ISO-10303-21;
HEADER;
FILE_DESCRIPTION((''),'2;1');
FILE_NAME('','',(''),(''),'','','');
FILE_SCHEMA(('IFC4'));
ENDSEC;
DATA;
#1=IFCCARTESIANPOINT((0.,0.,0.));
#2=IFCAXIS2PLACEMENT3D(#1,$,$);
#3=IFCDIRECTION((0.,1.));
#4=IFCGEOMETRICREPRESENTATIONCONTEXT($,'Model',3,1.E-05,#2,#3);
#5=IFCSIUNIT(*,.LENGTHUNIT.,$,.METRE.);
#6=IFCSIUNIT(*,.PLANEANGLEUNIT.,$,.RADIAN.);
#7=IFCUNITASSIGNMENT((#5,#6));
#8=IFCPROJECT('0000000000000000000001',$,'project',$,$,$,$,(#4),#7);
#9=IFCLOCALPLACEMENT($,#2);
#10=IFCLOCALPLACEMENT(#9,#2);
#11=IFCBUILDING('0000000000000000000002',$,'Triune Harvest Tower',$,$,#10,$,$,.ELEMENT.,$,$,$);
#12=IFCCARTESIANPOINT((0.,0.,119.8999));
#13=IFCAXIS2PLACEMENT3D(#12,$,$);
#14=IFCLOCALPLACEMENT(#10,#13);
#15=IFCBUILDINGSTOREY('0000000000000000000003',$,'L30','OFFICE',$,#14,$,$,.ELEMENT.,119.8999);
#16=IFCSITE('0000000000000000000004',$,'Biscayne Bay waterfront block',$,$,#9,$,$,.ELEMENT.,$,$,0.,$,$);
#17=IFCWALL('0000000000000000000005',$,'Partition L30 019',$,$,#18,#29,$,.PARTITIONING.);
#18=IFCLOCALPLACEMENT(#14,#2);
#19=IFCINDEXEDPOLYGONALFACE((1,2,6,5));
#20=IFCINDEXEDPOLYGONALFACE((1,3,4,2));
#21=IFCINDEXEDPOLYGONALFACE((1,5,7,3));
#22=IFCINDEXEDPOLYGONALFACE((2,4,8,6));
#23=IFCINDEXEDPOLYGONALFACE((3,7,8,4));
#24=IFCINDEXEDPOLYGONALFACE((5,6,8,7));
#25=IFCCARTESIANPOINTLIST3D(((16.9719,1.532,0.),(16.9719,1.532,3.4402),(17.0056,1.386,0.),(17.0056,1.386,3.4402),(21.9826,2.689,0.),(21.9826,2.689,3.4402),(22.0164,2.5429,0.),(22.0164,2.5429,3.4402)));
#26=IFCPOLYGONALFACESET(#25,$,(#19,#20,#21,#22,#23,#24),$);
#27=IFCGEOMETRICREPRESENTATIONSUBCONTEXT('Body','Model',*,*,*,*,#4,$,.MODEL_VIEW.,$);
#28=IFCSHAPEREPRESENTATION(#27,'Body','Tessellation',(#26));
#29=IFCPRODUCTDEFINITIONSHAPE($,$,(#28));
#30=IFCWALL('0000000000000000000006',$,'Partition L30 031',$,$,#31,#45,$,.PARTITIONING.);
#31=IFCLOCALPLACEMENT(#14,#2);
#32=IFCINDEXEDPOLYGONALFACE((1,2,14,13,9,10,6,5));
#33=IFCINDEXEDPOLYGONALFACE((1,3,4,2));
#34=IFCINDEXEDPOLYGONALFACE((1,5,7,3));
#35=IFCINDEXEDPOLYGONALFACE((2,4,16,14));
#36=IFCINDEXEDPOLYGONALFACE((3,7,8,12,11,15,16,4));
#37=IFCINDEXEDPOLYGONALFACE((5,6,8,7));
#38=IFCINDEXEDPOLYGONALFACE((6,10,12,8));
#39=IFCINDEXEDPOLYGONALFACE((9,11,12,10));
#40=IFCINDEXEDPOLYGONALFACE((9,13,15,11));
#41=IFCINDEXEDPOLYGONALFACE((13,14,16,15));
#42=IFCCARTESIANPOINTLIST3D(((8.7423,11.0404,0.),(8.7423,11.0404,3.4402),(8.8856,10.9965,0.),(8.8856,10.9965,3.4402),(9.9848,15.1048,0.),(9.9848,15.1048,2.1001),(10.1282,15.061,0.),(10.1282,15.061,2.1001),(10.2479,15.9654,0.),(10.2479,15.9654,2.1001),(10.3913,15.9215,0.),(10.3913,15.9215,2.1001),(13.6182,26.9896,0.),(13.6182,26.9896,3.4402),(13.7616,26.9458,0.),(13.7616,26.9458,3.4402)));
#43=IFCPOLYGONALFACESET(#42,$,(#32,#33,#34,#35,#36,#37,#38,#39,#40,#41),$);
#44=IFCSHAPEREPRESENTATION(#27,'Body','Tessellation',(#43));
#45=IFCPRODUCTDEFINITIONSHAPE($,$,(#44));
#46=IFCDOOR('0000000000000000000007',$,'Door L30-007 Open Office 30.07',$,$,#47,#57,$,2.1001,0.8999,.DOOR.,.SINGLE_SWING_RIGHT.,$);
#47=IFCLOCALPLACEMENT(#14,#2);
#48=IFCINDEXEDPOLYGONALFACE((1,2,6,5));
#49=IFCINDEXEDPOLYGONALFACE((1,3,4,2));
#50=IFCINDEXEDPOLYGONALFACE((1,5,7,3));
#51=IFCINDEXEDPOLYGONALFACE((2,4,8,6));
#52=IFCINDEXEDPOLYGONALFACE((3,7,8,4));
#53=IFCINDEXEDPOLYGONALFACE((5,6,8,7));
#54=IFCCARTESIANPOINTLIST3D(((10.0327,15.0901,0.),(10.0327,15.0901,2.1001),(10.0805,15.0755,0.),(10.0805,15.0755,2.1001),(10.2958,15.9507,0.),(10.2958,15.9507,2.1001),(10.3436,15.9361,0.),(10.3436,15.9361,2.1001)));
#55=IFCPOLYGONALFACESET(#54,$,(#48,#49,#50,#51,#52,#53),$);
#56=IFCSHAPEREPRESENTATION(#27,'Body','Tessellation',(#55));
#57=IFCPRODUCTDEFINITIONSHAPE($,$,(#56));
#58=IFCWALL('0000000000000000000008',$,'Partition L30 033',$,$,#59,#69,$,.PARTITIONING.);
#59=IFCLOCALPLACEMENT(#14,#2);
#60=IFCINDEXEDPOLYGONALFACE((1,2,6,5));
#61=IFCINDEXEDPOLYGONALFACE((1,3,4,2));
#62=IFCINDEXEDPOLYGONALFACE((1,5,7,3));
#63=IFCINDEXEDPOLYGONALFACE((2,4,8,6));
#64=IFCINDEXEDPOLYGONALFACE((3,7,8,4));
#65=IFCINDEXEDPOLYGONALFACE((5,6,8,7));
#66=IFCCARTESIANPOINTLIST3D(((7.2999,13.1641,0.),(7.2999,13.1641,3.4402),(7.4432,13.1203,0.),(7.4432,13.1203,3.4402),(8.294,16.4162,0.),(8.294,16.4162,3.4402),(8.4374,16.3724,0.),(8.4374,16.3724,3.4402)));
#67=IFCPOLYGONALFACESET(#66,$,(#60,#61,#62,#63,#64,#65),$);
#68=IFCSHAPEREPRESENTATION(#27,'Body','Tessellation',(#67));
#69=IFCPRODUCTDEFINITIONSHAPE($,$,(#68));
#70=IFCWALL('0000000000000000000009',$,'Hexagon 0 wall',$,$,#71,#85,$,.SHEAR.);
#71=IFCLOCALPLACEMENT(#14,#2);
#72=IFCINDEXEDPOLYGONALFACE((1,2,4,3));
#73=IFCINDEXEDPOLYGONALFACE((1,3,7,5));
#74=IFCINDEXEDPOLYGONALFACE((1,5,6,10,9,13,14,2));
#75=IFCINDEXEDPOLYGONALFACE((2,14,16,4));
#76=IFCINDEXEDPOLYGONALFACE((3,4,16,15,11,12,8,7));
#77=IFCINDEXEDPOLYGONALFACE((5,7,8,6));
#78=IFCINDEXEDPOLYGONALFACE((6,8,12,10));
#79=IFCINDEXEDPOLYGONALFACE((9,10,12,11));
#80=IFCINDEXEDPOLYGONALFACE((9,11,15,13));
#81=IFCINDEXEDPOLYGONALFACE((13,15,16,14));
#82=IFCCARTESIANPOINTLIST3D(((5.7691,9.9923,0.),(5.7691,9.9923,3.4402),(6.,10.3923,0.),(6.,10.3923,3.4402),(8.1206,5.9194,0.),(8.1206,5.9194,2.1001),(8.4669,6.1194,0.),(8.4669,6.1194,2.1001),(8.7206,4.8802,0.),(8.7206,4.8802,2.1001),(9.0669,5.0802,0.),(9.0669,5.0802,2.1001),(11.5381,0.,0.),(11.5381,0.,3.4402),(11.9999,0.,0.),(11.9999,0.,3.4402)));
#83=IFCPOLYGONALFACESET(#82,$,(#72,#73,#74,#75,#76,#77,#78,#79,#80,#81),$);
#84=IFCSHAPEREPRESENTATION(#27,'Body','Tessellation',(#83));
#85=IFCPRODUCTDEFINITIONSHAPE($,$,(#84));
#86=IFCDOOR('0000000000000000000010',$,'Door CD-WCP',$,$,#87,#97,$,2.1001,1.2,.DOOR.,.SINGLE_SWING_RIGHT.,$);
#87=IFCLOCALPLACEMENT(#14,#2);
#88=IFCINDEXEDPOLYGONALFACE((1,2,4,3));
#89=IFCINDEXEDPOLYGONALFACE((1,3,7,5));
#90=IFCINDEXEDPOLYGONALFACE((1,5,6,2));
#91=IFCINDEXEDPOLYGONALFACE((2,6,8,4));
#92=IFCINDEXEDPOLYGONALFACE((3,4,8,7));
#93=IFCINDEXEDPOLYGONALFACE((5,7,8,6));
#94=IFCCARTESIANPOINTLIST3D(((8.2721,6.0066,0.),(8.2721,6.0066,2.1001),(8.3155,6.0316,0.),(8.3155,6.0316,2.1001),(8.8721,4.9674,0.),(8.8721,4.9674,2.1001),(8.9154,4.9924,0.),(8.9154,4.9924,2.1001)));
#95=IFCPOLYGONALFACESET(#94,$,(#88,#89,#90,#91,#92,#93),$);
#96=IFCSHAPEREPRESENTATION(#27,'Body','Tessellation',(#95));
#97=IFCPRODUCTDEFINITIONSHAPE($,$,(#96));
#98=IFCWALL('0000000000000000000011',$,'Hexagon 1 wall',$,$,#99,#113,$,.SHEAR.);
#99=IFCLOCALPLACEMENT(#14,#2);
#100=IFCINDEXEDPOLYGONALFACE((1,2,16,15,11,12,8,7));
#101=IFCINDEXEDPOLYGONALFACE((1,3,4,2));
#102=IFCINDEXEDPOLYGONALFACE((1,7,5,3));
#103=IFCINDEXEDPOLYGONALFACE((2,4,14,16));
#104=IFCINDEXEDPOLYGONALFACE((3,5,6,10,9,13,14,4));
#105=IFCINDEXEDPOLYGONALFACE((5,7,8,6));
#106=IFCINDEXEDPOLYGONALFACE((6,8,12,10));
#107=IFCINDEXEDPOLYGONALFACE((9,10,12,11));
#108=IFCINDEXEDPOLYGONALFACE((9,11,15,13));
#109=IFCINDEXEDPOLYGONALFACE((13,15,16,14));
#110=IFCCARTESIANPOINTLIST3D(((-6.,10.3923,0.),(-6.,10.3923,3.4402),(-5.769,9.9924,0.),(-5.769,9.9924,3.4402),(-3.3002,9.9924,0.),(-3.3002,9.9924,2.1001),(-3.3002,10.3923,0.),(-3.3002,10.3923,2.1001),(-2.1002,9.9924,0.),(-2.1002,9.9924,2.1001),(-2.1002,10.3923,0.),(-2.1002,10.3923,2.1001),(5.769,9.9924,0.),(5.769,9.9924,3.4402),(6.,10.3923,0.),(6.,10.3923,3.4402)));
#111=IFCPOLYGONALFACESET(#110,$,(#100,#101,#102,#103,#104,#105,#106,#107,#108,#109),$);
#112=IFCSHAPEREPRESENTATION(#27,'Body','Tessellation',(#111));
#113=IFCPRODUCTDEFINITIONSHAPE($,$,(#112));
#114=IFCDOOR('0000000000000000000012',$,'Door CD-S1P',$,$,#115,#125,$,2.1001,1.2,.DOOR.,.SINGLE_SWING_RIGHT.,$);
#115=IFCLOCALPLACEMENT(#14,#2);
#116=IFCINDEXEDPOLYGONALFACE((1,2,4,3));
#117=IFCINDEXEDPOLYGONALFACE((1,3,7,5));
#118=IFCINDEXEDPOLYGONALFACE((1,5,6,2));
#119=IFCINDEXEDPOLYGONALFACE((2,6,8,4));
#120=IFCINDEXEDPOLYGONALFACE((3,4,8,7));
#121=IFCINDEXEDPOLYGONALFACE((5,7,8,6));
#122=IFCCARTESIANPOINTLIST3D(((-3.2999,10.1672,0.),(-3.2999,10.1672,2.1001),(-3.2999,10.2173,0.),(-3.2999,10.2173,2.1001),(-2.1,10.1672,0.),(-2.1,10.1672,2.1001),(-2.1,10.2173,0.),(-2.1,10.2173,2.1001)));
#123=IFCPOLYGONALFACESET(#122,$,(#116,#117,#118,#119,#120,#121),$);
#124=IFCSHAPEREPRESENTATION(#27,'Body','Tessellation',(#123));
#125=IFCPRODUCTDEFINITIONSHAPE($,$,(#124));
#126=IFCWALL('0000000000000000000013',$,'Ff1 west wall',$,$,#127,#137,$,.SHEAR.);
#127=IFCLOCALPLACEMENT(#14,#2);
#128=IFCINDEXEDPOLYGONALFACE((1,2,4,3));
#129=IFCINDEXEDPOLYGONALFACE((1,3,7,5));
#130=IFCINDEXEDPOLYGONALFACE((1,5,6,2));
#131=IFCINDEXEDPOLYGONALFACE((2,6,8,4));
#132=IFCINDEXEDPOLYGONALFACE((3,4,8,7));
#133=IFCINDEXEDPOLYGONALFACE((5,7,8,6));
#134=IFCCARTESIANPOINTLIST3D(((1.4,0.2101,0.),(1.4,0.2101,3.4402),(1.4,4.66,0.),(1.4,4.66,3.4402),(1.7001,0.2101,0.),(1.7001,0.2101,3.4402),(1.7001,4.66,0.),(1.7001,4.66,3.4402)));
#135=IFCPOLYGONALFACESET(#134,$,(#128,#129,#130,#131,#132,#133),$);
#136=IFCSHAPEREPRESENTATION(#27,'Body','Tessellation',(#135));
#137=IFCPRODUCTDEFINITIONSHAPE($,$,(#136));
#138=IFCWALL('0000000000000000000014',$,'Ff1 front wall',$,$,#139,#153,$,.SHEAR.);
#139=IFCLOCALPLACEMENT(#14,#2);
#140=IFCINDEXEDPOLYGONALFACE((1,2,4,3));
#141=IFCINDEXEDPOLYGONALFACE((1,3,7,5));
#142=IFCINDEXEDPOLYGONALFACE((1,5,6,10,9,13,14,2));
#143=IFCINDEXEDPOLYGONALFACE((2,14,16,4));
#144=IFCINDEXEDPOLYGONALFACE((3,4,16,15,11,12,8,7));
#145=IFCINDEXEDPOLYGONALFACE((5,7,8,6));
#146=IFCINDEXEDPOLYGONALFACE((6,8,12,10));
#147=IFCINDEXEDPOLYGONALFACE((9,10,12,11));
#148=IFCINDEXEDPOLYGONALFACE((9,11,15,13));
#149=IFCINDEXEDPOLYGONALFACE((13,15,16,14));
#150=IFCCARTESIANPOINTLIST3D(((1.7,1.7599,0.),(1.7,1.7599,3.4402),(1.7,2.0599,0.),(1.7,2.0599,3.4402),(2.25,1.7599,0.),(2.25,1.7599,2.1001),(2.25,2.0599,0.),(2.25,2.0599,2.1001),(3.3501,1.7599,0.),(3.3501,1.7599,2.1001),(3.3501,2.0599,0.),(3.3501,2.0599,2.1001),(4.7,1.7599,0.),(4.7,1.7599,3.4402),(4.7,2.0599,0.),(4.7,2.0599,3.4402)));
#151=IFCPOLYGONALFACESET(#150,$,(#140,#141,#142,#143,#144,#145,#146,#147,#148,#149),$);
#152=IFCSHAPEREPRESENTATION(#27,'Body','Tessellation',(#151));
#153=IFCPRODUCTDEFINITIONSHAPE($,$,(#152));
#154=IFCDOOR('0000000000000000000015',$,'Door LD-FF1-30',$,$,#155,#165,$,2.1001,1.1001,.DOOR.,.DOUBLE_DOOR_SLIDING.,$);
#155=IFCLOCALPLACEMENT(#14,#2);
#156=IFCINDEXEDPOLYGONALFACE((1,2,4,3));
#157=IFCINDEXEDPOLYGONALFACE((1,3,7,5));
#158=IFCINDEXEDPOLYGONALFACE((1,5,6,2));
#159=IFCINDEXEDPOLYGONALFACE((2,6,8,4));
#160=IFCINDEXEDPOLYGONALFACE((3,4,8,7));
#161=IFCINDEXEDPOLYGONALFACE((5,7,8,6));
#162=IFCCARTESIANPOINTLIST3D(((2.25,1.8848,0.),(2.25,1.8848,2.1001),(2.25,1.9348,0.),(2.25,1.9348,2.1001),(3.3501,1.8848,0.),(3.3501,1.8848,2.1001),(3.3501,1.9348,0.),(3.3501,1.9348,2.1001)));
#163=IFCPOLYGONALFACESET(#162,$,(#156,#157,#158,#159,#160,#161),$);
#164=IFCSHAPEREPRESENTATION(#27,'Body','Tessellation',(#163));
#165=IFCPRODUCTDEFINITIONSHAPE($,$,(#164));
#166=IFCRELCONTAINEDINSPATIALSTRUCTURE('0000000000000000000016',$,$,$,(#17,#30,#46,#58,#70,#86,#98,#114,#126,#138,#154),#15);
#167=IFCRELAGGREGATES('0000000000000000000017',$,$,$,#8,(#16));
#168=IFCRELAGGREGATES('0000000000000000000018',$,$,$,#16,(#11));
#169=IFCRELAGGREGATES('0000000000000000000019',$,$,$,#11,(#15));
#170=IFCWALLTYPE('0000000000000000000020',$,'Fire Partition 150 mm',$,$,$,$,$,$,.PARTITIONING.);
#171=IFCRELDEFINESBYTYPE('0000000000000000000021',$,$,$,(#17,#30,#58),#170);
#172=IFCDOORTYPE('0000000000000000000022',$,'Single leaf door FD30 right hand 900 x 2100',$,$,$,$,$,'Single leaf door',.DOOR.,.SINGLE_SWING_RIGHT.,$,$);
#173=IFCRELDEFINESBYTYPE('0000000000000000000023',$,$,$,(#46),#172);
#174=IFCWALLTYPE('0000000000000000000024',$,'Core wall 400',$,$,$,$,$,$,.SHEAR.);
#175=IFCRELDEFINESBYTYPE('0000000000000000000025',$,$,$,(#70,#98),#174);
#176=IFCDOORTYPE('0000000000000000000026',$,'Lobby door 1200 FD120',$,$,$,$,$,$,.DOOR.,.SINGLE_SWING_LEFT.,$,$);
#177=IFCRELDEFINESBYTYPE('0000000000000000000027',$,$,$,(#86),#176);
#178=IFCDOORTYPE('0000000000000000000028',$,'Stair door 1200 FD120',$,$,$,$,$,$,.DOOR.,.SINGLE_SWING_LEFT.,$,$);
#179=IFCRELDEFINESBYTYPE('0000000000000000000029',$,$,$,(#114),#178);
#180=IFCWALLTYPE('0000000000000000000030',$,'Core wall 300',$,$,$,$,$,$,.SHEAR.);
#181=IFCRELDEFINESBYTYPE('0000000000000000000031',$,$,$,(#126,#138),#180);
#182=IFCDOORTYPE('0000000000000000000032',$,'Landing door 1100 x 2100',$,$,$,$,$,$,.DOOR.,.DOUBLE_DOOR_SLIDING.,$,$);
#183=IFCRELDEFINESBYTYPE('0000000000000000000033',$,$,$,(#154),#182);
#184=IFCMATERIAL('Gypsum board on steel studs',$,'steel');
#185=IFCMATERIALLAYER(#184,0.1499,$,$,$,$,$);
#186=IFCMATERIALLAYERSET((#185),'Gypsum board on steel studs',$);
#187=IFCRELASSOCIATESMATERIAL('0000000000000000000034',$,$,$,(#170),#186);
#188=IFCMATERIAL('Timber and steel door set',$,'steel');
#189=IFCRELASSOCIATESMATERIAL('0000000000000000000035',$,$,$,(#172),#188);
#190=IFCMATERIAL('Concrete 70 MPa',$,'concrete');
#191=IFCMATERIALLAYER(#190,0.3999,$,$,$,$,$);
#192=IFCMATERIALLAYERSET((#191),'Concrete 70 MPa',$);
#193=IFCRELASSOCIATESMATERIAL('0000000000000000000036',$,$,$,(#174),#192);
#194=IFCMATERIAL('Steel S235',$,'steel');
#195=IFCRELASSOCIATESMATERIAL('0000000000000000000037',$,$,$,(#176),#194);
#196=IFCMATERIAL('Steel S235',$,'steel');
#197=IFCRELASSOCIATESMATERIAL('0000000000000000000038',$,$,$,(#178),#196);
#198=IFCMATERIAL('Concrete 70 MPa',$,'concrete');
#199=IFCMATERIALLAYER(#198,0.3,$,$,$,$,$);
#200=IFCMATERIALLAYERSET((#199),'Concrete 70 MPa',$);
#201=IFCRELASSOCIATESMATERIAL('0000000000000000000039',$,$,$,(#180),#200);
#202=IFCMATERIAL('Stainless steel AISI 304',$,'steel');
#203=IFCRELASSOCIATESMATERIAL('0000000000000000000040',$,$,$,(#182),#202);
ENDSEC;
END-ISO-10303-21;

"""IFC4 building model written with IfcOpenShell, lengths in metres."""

from ifc_helpers import new_model, si_unit, direction, frame, frame_2d, origin, place, context, subcontext, project, spatial, polyline, rectangle, outline, extrude, source, transform, mapped, material, layer, layer_set, type_object, element, fill, save


model = new_model("IFC4")

# Units and contexts
model_context = context("Model", 3, precision=1e-05, world=origin(), true_north=direction((0.0, 1.0)))
body_context = subcontext(model_context, "Body", "Model", "MODEL_VIEW")
ifc_project = project(units=[si_unit("LENGTHUNIT", "METRE"), si_unit("PLANEANGLEUNIT", "RADIAN")], contexts=[model_context])

# Site, building, storey
site_placement = place(None, origin())
site = spatial("IfcSite", under=ifc_project, at=site_placement, Name="Biscayne Bay waterfront block", CompositionType="ELEMENT", RefElevation=0.0)
building_placement = place(site_placement, origin())
building = spatial("IfcBuilding", under=site, at=building_placement, Name="Triune Harvest Tower", CompositionType="ELEMENT")
storey_placement = place(building_placement, frame((0.0, 0.0, 119.8999)))
storey = spatial("IfcBuildingStorey", under=building, at=storey_placement, Name="L30", Description="OFFICE", CompositionType="ELEMENT", Elevation=119.8999)

# Shared definitions
ifc_material_1 = material(Name="Gypsum board on steel studs", Category="steel")
ifc_layer_1 = layer(ifc_material_1, 0.1499)
ifc_layer_set_1 = layer_set([ifc_layer_1], Name="Gypsum board on steel studs")
wall_type_1 = type_object("IfcWallType", Name="Fire Partition 150 mm", PredefinedType="PARTITIONING", material=ifc_layer_set_1)

# Wall
wall_1_placement = place(storey_placement, frame((16.9888, 1.459, 0.0), z_axis=(0.0, 0.0, 1.0), x_axis=(0.974363, 0.224981, 0.0)))
element("IfcWall", 1, at=wall_1_placement, inside=storey, type_object=wall_type_1, Name="Partition L30 019", PredefinedType="PARTITIONING", context=body_context, shape_type="SweptSolid", body=[
    extrude(rectangle(XDim=5.1426, YDim=0.1499, at=frame_2d((2.5713, 0.0))), origin(), (0.0, 0.0, 1.0), 3.4402),
])

# Wall, opening, door
wall_2_placement = place(storey_placement, frame((8.814, 11.0186, 0.0), z_axis=(0.0, 0.0, 1.0), x_axis=(0.292361, 0.956308, 0.0)))
wall_2 = element("IfcWall", 2, at=wall_2_placement, inside=storey, type_object=wall_type_1, Name="Partition L30 031", PredefinedType="PARTITIONING", context=body_context, shape_type="SweptSolid", body=[
    extrude(rectangle(XDim=16.678, YDim=0.1499, at=frame_2d((8.3389, 0.0))), origin(), (0.0, 0.0, 1.0), 3.4402),
])
opening_1_placement = place(wall_2_placement, frame((4.25, 0.0, 0.0)))
opening_1 = element("IfcOpeningElement", 3, at=opening_1_placement, cuts=wall_2, PredefinedType="OPENING", context=body_context, shape_type="SweptSolid", body=[
    extrude(rectangle(XDim=0.8999, YDim=2.1001, at=frame_2d((0.45, 1.05))), frame((0.0, 0.085, 0.0), z_axis=(0.0, -1.0, 0.0), x_axis=(1.0, 0.0, 0.0)), (0.0, 0.0, 1.0), 0.1699),
])
ifc_material_2 = material(Name="Timber and steel door set", Category="steel")
door_type_1 = type_object("IfcDoorType", Name="Single leaf door FD30 right hand 900 x 2100", ElementType="Single leaf door", OperationType="SINGLE_SWING_RIGHT", PredefinedType="DOOR", material=ifc_material_2)
door_1_placement = place(opening_1_placement, origin())
door_1 = element("IfcDoor", 4, at=door_1_placement, inside=storey, type_object=door_type_1, Name="Door L30-007 Open Office 30.07", OperationType="SINGLE_SWING_RIGHT", OverallHeight=2.1001, OverallWidth=0.8999, PredefinedType="DOOR", context=body_context, shape_type="SweptSolid", body=[
    extrude(rectangle(XDim=0.8999, YDim=2.1001, at=frame_2d((0.45, 1.05))), frame((0.0, 0.0249, 0.0), z_axis=(0.0, -1.0, 0.0), x_axis=(1.0, 0.0, 0.0)), (0.0, 0.0, 1.0), 0.05),
])
fill(opening_1, door_1)

# Wall
wall_3_placement = place(storey_placement, frame((7.3716, 13.1423, 0.0), z_axis=(0.0, 0.0, 1.0), x_axis=(0.29235, 0.956311, 0.0)))
element("IfcWall", 5, at=wall_3_placement, inside=storey, type_object=wall_type_1, Name="Partition L30 033", PredefinedType="PARTITIONING", context=body_context, shape_type="SweptSolid", body=[
    extrude(rectangle(XDim=3.4006, YDim=0.1499, at=frame_2d((1.7002, 0.0))), origin(), (0.0, 0.0, 1.0), 3.4402),
])

# Walls, openings, doors
ifc_material_3 = material(Name="Concrete 70 MPa", Category="concrete")
ifc_layer_2 = layer(ifc_material_3, 0.3999)
ifc_layer_set_2 = layer_set([ifc_layer_2], Name="Concrete 70 MPa")
wall_type_2 = type_object("IfcWallType", Name="Core wall 400", PredefinedType="SHEAR", material=ifc_layer_set_2)
shared_shape_1 = source(origin(), body_context, "Body", "SweptSolid", [
    extrude(outline(polyline([(-0.1155, -0.2), (11.8845, -0.2), (11.6536, 0.2), (0.1155, 0.2), (-0.1155, -0.2)])), origin(), (0.0, 0.0, 1.0), 3.4402),
])
wall_4_placement = place(storey_placement, frame((11.769, 0.0, 0.0), z_axis=(0.0, 0.0, 1.0), x_axis=(-0.499997, 0.866027, 0.0)))
wall_4 = element("IfcWall", 6, at=wall_4_placement, inside=storey, type_object=wall_type_2, Name="Hexagon 0 wall", PredefinedType="SHEAR", context=body_context, shape_type="MappedRepresentation", body=[
    mapped(shared_shape_1, transform((0.0, 0.0, 0.0), scale=1.0)),
])
opening_2_placement = place(wall_4_placement, frame((5.7505, 0.0, 0.0)))
opening_2 = element("IfcOpeningElement", 7, at=opening_2_placement, cuts=wall_4, PredefinedType="OPENING", context=body_context, shape_type="SweptSolid", body=[
    extrude(rectangle(XDim=1.2, YDim=2.1001, at=frame_2d((0.6001, 1.05))), frame((0.0, 0.21, 0.0), z_axis=(0.0, -1.0, 0.0), x_axis=(1.0, 0.0, 0.0)), (0.0, 0.0, 1.0), 0.4199),
])
ifc_material_4 = material(Name="Steel S235", Category="steel")
door_type_2 = type_object("IfcDoorType", Name="Lobby door 1200 FD120", OperationType="SINGLE_SWING_LEFT", PredefinedType="DOOR", material=ifc_material_4)
door_2_placement = place(opening_2_placement, frame((1.2, 0.0, 0.0), z_axis=(0.0, 0.0, 1.0), x_axis=(-1.0, 0.0, 0.0)))
door_2 = element("IfcDoor", 8, at=door_2_placement, inside=storey, type_object=door_type_2, Name="Door CD-WCP", OperationType="SINGLE_SWING_RIGHT", OverallHeight=2.1001, OverallWidth=1.2, PredefinedType="DOOR", context=body_context, shape_type="SweptSolid", body=[
    extrude(rectangle(XDim=1.2, YDim=2.1001, at=frame_2d((0.6001, 1.05))), frame((0.0, 0.0249, 0.0), z_axis=(0.0, -1.0, 0.0), x_axis=(1.0, 0.0, 0.0)), (0.0, 0.0, 1.0), 0.05),
])
fill(opening_2, door_2)
wall_5_placement = place(storey_placement, frame((5.8845, 10.1924, 0.0), z_axis=(0.0, 0.0, 1.0), x_axis=(-1.0, 0.0, 0.0)))
wall_5 = element("IfcWall", 9, at=wall_5_placement, inside=storey, type_object=wall_type_2, Name="Hexagon 1 wall", PredefinedType="SHEAR", context=body_context, shape_type="MappedRepresentation", body=[
    mapped(shared_shape_1, transform((0.0, 0.0, 0.0), scale=1.0)),
])
opening_3_placement = place(wall_5_placement, frame((7.9846, 0.0, 0.0)))
opening_3 = element("IfcOpeningElement", 10, at=opening_3_placement, cuts=wall_5, PredefinedType="OPENING", context=body_context, shape_type="SweptSolid", body=[
    extrude(rectangle(XDim=1.2, YDim=2.1001, at=frame_2d((0.6001, 1.05))), frame((0.0, 0.21, 0.0), z_axis=(0.0, -1.0, 0.0), x_axis=(1.0, 0.0, 0.0)), (0.0, 0.0, 1.0), 0.4199),
])
ifc_material_5 = material(Name="Steel S235", Category="steel")
door_type_3 = type_object("IfcDoorType", Name="Stair door 1200 FD120", OperationType="SINGLE_SWING_LEFT", PredefinedType="DOOR", material=ifc_material_5)
door_3_placement = place(opening_3_placement, frame((1.2, 0.0, 0.0), z_axis=(0.0, 0.0, 1.0), x_axis=(-1.0, 0.0, 0.0)))
door_3 = element("IfcDoor", 11, at=door_3_placement, inside=storey, type_object=door_type_3, Name="Door CD-S1P", OperationType="SINGLE_SWING_RIGHT", OverallHeight=2.1001, OverallWidth=1.2, PredefinedType="DOOR", context=body_context, shape_type="SweptSolid", body=[
    extrude(rectangle(XDim=1.2, YDim=2.1001, at=frame_2d((0.6001, 1.05))), frame((0.0, 0.0249, 0.0), z_axis=(0.0, -1.0, 0.0), x_axis=(1.0, 0.0, 0.0)), (0.0, 0.0, 1.0), 0.05),
])
fill(opening_3, door_3)

# Wall
ifc_material_6 = material(Name="Concrete 70 MPa", Category="concrete")
ifc_layer_3 = layer(ifc_material_6, 0.3)
ifc_layer_set_3 = layer_set([ifc_layer_3], Name="Concrete 70 MPa")
wall_type_3 = type_object("IfcWallType", Name="Core wall 300", PredefinedType="SHEAR", material=ifc_layer_set_3)
shared_shape_2 = source(origin(), body_context, "Body", "SweptSolid", [
    extrude(rectangle(XDim=4.45, YDim=0.3, at=frame_2d((2.2251, 0.0))), origin(), (0.0, 0.0, 1.0), 3.4402),
])
wall_6_placement = place(storey_placement, frame((1.55, 0.21, 0.0), z_axis=(0.0, 0.0, 1.0), x_axis=(0.0, 1.0, 0.0)))
element("IfcWall", 12, at=wall_6_placement, inside=storey, type_object=wall_type_3, Name="Ff1 west wall", PredefinedType="SHEAR", context=body_context, shape_type="MappedRepresentation", body=[
    mapped(shared_shape_2, transform((0.0, 0.0, 0.0), scale=1.0)),
])

# Wall, opening, door
shared_shape_3 = source(origin(), body_context, "Body", "SweptSolid", [
    extrude(rectangle(XDim=3.0, YDim=0.3, at=frame_2d((1.5, 0.0))), origin(), (0.0, 0.0, 1.0), 3.4402),
])
wall_7_placement = place(storey_placement, frame((1.7, 1.9099, 0.0), z_axis=(0.0, 0.0, 1.0), x_axis=(1.0, 0.0, 0.0)))
wall_7 = element("IfcWall", 13, at=wall_7_placement, inside=storey, type_object=wall_type_3, Name="Ff1 front wall", PredefinedType="SHEAR", context=body_context, shape_type="MappedRepresentation", body=[
    mapped(shared_shape_3, transform((0.0, 0.0, 0.0), scale=1.0)),
])
opening_4_placement = place(wall_7_placement, frame((0.55, 0.0, 0.0)))
opening_4 = element("IfcOpeningElement", 14, at=opening_4_placement, cuts=wall_7, PredefinedType="OPENING", context=body_context, shape_type="SweptSolid", body=[
    extrude(rectangle(XDim=1.1001, YDim=2.1001, at=frame_2d((0.55, 1.05))), frame((0.0, 0.1602, 0.0), z_axis=(0.0, -1.0, 0.0), x_axis=(1.0, 0.0, 0.0)), (0.0, 0.0, 1.0), 0.3201),
])
ifc_material_7 = material(Name="Stainless steel AISI 304", Category="steel")
door_type_4 = type_object("IfcDoorType", Name="Landing door 1100 x 2100", OperationType="DOUBLE_DOOR_SLIDING", PredefinedType="DOOR", material=ifc_material_7)
door_4_placement = place(opening_4_placement, origin())
door_4 = element("IfcDoor", 15, at=door_4_placement, inside=storey, type_object=door_type_4, Name="Door LD-FF1-30", OperationType="DOUBLE_DOOR_SLIDING", OverallHeight=2.1001, OverallWidth=1.1001, PredefinedType="DOOR", context=body_context, shape_type="SweptSolid", body=[
    extrude(rectangle(XDim=1.1001, YDim=2.1001, at=frame_2d((0.55, 1.05))), frame((0.0, 0.0249, 0.0), z_axis=(0.0, -1.0, 0.0), x_axis=(1.0, 0.0, 0.0)), (0.0, 0.0, 1.0), 0.05),
])
fill(opening_4, door_4)

save(model, "model.ifc")
